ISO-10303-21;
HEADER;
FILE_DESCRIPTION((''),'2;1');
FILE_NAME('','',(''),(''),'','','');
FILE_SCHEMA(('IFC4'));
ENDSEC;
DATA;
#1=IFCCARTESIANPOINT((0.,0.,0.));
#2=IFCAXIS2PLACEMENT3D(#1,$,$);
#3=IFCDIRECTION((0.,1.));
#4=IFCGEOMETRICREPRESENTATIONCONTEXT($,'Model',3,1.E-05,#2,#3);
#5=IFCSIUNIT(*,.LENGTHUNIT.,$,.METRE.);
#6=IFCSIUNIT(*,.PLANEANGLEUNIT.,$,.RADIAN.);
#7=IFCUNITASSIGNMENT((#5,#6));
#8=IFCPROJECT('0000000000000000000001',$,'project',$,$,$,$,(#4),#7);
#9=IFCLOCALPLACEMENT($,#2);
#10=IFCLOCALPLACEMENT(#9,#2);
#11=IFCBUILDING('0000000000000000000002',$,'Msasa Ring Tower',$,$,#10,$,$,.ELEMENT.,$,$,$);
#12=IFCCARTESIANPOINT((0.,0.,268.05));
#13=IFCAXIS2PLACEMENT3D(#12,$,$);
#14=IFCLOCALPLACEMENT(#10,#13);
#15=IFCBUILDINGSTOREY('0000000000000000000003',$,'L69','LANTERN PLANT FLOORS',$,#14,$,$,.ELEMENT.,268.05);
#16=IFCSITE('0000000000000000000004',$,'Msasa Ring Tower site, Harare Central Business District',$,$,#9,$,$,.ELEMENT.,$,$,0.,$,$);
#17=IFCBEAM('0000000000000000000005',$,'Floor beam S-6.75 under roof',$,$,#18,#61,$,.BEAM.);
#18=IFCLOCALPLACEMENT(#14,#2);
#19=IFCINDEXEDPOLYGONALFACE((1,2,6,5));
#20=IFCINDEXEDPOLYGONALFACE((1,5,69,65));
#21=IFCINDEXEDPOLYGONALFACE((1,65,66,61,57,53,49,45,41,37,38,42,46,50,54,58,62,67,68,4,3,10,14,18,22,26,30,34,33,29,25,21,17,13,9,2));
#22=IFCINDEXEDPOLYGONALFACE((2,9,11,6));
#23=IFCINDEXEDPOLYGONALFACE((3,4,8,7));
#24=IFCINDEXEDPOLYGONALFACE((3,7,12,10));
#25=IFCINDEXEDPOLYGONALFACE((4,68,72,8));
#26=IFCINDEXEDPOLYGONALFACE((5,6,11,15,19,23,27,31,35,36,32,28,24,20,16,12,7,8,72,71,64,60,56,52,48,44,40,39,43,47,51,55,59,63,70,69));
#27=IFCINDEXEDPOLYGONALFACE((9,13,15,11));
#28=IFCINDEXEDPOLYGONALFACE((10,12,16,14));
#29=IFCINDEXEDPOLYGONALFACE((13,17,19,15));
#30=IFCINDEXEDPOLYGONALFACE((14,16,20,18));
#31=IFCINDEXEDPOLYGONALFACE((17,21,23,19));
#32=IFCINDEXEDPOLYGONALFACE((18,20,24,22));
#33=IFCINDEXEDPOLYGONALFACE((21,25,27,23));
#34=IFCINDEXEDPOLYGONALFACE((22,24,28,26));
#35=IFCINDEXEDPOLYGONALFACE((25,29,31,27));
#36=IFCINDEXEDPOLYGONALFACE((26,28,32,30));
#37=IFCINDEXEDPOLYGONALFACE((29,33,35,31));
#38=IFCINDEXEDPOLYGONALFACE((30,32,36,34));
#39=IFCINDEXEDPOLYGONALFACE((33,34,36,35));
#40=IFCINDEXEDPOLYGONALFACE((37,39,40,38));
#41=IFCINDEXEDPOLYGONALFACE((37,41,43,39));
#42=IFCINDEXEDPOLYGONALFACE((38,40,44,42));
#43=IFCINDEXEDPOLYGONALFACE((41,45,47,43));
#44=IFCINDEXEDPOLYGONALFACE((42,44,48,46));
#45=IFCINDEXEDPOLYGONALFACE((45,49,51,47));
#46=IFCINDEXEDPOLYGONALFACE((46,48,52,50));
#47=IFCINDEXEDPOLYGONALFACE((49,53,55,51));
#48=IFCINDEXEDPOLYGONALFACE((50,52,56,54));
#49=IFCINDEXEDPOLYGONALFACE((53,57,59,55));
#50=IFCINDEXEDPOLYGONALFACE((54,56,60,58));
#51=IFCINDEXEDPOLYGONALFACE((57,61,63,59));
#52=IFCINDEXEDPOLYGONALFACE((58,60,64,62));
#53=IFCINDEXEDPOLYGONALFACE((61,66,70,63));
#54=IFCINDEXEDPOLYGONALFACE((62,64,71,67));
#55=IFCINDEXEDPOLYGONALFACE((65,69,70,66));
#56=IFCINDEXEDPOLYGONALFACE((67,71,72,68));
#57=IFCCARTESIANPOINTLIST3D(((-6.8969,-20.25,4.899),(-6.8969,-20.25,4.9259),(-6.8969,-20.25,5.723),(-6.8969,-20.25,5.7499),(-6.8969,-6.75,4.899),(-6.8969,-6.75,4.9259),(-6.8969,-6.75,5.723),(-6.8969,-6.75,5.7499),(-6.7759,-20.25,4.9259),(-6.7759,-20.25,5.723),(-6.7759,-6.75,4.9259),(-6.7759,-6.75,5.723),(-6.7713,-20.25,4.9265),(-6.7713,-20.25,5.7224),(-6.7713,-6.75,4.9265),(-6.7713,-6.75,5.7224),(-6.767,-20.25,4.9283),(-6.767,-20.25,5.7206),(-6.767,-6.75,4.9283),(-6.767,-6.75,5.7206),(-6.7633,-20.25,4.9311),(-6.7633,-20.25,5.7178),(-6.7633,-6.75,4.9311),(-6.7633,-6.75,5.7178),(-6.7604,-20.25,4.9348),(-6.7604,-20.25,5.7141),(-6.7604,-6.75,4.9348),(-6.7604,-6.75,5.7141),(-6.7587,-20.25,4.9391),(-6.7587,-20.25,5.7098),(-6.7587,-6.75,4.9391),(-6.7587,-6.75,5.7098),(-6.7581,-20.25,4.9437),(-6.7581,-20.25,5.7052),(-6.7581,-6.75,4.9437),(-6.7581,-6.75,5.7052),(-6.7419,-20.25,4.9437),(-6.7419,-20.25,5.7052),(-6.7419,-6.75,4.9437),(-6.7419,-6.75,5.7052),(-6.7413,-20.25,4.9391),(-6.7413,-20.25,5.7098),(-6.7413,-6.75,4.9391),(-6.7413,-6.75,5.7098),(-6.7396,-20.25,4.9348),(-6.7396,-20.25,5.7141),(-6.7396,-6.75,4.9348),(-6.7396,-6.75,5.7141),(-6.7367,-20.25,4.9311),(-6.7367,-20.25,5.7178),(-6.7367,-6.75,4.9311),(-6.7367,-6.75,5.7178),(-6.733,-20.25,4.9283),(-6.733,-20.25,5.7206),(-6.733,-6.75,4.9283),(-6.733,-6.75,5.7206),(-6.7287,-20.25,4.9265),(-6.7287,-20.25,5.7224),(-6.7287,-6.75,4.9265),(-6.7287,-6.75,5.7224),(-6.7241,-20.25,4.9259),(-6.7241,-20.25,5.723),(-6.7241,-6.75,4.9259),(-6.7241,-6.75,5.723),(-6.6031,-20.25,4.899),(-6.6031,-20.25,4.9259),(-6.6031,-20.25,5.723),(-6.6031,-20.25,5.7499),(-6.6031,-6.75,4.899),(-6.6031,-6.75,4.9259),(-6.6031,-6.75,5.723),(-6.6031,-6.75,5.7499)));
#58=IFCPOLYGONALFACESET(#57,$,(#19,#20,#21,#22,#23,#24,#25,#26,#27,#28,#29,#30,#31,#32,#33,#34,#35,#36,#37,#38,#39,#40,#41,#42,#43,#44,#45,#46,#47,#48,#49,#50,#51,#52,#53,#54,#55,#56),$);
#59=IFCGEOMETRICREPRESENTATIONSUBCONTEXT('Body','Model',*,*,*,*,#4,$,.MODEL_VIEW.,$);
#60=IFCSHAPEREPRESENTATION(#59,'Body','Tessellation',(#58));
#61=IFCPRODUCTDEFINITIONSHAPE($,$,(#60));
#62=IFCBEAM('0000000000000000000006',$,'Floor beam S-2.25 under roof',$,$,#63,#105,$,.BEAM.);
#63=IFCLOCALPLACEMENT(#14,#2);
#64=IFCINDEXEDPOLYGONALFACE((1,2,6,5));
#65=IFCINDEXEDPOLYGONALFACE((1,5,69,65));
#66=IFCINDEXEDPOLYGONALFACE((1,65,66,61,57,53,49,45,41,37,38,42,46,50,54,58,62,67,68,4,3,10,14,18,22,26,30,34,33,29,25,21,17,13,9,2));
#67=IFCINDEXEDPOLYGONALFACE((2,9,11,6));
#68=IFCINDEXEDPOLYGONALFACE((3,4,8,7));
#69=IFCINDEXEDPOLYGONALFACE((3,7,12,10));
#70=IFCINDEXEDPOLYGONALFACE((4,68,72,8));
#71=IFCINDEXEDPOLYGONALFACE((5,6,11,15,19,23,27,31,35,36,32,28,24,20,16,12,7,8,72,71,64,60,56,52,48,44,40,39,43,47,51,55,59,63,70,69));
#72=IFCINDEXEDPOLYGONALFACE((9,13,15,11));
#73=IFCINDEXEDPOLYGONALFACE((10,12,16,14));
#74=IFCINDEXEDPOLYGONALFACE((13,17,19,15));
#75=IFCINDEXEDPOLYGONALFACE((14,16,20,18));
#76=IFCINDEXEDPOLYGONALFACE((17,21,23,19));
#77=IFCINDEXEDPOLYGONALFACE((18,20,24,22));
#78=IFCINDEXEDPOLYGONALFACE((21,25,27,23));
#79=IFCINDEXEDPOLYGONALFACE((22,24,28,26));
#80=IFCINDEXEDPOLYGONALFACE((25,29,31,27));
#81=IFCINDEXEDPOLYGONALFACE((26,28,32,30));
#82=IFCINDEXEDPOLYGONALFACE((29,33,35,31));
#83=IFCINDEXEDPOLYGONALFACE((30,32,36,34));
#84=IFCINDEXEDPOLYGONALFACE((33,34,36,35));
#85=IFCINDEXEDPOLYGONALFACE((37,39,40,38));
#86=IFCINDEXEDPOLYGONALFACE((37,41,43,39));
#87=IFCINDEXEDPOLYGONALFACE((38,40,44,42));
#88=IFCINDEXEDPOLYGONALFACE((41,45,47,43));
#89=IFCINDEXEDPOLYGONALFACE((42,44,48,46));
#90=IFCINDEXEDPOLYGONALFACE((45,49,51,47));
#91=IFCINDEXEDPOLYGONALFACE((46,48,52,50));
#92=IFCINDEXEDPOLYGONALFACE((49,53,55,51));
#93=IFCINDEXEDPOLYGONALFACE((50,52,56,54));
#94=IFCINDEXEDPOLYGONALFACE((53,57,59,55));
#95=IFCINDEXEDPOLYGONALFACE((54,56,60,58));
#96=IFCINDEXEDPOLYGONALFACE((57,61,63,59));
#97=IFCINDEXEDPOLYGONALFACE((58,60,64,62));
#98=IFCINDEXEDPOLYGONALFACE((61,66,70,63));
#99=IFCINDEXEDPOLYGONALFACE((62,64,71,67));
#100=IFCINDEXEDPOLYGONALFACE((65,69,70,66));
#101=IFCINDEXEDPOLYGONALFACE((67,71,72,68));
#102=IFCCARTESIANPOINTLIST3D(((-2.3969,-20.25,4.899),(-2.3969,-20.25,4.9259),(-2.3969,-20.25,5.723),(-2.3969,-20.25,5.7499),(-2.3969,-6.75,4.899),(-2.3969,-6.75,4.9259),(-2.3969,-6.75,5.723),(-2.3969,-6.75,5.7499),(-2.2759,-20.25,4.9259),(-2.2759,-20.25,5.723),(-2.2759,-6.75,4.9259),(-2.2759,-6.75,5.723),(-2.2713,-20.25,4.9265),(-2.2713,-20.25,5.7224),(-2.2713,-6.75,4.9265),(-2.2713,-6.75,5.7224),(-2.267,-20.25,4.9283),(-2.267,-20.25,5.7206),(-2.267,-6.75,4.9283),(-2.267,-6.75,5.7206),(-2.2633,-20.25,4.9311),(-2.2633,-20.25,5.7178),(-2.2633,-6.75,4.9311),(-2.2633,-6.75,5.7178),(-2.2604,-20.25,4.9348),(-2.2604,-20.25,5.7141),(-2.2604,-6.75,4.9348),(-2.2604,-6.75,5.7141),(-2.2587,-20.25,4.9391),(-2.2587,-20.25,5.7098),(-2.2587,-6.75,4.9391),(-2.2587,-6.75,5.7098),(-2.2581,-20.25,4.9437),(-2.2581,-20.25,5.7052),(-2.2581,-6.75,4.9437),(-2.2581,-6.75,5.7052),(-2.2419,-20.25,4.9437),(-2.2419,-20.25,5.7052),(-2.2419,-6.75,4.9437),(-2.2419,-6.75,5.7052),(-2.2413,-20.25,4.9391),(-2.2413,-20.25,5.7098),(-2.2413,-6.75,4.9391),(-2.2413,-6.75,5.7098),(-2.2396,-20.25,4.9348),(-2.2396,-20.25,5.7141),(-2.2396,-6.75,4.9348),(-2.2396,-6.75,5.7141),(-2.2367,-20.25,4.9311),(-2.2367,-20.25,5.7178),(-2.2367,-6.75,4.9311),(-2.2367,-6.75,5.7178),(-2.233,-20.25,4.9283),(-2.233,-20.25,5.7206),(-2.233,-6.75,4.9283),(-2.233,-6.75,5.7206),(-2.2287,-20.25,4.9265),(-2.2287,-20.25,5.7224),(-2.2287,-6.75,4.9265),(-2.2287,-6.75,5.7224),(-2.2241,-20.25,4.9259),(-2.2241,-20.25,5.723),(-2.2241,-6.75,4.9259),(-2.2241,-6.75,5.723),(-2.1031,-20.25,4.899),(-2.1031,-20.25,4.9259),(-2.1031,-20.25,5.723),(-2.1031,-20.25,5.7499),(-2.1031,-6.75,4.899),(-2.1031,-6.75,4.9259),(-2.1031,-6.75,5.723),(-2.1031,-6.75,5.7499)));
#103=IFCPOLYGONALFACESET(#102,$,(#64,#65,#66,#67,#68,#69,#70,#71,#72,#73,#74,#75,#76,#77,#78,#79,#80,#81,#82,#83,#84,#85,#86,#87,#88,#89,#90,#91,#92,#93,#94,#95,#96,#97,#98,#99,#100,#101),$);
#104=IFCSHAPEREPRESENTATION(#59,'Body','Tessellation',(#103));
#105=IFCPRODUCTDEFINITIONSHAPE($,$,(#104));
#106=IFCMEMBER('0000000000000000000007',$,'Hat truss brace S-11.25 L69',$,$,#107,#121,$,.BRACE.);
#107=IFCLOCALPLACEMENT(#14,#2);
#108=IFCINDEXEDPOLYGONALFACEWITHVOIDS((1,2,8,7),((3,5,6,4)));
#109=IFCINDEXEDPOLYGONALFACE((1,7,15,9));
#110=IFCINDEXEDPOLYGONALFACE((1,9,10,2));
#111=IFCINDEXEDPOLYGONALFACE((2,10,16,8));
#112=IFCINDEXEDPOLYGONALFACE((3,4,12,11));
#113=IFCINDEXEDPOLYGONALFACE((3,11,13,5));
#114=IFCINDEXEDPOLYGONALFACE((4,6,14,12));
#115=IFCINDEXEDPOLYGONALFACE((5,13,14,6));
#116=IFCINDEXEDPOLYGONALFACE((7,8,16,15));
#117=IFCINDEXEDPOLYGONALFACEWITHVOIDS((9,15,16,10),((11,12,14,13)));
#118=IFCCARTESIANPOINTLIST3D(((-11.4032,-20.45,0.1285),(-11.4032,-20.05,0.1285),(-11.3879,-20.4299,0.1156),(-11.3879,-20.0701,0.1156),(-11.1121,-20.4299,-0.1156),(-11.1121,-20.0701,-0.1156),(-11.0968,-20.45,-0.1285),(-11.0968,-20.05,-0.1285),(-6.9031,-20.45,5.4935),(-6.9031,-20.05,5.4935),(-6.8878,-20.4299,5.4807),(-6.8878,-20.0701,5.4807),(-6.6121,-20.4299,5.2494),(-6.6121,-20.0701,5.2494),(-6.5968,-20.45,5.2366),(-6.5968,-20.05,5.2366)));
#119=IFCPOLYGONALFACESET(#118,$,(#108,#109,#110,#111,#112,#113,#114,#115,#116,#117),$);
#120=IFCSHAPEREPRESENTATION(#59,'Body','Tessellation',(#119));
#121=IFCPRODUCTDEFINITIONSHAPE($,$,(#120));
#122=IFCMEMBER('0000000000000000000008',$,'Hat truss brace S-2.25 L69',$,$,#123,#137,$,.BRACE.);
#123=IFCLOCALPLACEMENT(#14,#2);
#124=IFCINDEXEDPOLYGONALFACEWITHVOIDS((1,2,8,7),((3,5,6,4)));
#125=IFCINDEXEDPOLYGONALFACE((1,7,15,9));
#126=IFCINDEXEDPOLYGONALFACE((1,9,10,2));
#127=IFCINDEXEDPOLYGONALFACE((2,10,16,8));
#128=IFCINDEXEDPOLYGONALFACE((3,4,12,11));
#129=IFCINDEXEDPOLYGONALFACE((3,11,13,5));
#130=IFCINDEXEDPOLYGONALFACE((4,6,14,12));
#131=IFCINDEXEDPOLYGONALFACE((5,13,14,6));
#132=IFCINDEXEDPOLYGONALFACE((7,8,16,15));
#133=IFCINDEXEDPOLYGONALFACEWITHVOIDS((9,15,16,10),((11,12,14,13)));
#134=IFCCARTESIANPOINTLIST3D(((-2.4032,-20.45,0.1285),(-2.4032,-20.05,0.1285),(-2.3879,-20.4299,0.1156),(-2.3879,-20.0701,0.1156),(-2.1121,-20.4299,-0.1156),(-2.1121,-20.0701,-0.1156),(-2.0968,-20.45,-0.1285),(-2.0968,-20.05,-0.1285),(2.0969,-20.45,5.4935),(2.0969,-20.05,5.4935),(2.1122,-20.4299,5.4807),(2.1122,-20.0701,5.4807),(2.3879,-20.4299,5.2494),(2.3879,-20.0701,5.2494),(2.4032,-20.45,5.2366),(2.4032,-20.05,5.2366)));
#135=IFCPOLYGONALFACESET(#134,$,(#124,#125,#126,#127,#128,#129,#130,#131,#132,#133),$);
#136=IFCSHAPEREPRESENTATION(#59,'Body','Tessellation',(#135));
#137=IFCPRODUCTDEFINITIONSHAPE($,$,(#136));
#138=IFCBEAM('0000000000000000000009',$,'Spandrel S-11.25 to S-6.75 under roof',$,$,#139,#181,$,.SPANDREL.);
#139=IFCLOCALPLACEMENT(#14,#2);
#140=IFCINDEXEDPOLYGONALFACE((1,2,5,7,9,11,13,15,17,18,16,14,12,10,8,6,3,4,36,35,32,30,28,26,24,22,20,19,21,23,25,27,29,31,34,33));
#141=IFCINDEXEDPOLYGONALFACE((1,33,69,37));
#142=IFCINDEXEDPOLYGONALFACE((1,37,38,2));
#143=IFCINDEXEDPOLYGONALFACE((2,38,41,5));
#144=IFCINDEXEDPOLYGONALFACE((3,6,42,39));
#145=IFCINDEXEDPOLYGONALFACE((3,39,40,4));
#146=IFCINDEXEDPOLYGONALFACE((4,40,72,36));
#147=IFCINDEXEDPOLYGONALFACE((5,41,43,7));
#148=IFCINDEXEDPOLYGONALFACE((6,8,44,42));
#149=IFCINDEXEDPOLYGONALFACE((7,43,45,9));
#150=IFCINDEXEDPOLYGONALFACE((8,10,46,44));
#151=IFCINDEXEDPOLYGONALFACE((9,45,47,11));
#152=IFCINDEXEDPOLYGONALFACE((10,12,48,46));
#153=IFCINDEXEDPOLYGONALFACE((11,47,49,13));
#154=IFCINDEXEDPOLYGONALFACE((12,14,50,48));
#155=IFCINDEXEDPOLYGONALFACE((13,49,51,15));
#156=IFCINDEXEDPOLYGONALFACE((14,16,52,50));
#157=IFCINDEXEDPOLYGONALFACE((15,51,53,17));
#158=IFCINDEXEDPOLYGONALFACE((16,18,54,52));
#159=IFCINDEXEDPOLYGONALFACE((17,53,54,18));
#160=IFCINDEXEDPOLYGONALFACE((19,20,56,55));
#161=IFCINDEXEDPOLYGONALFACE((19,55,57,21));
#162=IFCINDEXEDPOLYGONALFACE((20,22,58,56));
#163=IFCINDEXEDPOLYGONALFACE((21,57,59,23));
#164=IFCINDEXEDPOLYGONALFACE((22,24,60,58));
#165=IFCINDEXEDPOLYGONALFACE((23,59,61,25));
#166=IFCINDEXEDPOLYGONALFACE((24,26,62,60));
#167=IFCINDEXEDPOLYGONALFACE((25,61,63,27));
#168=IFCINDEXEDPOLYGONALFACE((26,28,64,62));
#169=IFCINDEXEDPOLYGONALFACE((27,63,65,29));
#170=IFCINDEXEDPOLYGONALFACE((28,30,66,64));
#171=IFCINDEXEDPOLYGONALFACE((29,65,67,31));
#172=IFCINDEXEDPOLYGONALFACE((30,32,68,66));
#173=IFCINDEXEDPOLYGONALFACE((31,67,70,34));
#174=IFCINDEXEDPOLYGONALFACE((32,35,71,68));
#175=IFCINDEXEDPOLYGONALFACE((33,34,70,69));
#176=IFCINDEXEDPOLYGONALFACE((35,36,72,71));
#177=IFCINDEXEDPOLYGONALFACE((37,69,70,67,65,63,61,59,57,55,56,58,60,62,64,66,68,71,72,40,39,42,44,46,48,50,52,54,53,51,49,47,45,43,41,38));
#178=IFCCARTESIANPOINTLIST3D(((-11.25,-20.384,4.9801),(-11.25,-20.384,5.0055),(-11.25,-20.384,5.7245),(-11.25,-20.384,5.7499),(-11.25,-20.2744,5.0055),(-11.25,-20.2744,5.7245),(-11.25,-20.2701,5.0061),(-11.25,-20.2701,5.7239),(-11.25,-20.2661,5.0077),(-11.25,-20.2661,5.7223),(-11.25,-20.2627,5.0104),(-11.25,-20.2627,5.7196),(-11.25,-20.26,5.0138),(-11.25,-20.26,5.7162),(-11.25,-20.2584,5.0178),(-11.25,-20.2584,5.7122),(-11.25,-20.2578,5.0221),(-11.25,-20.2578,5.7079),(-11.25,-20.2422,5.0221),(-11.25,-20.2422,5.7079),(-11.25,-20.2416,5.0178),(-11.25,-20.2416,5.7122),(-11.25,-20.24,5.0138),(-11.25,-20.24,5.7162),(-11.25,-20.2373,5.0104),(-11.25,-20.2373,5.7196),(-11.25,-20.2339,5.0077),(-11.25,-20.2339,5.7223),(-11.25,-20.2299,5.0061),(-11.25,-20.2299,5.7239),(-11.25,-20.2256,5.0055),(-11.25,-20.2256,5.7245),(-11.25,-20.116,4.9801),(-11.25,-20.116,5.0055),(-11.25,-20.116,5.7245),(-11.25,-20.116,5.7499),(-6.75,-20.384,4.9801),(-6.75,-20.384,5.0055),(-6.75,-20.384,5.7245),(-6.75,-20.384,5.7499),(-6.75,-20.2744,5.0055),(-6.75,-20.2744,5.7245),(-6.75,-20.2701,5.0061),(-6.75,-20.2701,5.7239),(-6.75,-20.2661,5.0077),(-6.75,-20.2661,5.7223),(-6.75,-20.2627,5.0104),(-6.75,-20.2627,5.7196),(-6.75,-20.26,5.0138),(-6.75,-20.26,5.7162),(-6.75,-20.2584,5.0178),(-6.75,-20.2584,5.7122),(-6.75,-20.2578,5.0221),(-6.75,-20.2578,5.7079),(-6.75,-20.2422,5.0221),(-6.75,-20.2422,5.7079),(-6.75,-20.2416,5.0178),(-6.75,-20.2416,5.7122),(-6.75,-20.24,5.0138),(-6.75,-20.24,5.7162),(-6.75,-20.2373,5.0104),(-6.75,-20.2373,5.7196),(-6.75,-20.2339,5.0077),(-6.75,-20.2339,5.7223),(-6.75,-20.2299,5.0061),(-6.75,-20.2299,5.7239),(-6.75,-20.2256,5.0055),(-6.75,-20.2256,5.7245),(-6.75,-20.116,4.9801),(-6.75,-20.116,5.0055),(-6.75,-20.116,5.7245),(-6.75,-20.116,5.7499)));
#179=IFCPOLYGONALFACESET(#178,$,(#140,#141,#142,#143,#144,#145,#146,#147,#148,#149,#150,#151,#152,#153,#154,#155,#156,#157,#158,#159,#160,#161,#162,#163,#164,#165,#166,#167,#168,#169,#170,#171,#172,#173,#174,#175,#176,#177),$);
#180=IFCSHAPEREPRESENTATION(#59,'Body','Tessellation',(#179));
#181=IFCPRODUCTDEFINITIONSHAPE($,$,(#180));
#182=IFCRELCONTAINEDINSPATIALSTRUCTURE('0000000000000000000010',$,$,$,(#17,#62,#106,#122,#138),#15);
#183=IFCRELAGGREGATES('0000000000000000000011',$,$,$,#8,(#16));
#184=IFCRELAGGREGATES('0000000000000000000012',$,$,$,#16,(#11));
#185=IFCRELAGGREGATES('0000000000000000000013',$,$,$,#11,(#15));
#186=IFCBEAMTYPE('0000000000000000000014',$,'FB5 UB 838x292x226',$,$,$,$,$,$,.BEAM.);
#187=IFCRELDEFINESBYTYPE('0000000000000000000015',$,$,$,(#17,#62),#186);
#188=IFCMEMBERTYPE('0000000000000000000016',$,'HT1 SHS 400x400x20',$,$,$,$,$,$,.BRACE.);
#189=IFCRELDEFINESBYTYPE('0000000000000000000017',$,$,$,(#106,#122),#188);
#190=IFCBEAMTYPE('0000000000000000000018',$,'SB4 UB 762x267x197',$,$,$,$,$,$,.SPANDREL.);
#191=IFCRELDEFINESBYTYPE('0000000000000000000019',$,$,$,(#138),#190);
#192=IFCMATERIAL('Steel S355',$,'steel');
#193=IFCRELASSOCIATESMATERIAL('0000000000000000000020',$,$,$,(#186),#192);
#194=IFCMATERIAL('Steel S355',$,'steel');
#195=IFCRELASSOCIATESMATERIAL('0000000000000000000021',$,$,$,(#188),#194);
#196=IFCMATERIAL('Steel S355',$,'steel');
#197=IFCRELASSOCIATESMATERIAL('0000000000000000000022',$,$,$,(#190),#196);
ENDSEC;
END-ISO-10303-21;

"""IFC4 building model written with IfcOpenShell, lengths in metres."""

from ifc_helpers import new_model, si_unit, direction, frame, origin, origin_2d, place, context, subcontext, project, spatial, hollow_rectangle, i_section, extrude, material, material_profile, profile_set, type_object, element, save


model = new_model("IFC4")

# Units and contexts
model_context = context("Model", 3, precision=1e-05, world=origin(), true_north=direction((0.0, 1.0)))
body_context = subcontext(model_context, "Body", "Model", "MODEL_VIEW")
ifc_project = project(units=[si_unit("LENGTHUNIT", "METRE"), si_unit("PLANEANGLEUNIT", "RADIAN")], contexts=[model_context])

# Site, building, storey
site_placement = place(None, origin())
site = spatial("IfcSite", under=ifc_project, at=site_placement, Name="Msasa Ring Tower site, Harare Central Business District", CompositionType="ELEMENT", RefElevation=0.0)
building_placement = place(site_placement, origin())
building = spatial("IfcBuilding", under=site, at=building_placement, Name="Msasa Ring Tower", CompositionType="ELEMENT")
storey_placement = place(building_placement, frame((0.0, 0.0, 268.05)))
storey = spatial("IfcBuildingStorey", under=building, at=storey_placement, Name="L69", Description="LANTERN PLANT FLOORS", CompositionType="ELEMENT", Elevation=268.05)

# Beams
ifc_material_1 = material(Name="Steel S355", Category="steel")
ifc_material_profile_1 = material_profile(ifc_material_1, i_section(OverallWidth=0.2937, OverallDepth=0.8508, WebThickness=0.0161, FlangeThickness=0.0269, FilletRadius=0.0178, at=origin_2d()), Name="UB 838x292x226")
ifc_profile_set_1 = profile_set([ifc_material_profile_1], Name="Steel S355")
beam_type_1 = type_object("IfcBeamType", Name="FB5 UB 838x292x226", PredefinedType="BEAM", material=ifc_profile_set_1)
for number, where, z_axis, x_axis, name in (
    (1, (-6.75, -20.25, 5.3245), (0.0, 1.0, 0.0), (-1.0, 0.0, 0.0), "Floor beam S-6.75 under roof"),
    (2, (-2.25, -20.25, 5.3245), (0.0, 1.0, 0.0), (-1.0, 0.0, 0.0), "Floor beam S-2.25 under roof"),
):
    element("IfcBeam", number, at=place(storey_placement, frame(where, z_axis=z_axis, x_axis=x_axis)), inside=storey, type_object=beam_type_1, Name=name, PredefinedType="BEAM", context=body_context, shape_type="SweptSolid", body=[
        extrude(i_section(OverallWidth=0.2937, OverallDepth=0.8508, WebThickness=0.0161, FlangeThickness=0.0269, FilletRadius=0.0178, at=origin_2d()), origin(), (0.0, 0.0, 1.0), 13.5),
    ])

# Members
ifc_material_2 = material(Name="Steel S355", Category="steel")
ifc_material_profile_2 = material_profile(ifc_material_2, hollow_rectangle(XDim=0.3999, YDim=0.3999, WallThickness=0.02, at=origin_2d()), Name="SHS 400x400x20")
ifc_profile_set_2 = profile_set([ifc_material_profile_2], Name="Steel S355")
member_type_1 = type_object("IfcMemberType", Name="HT1 SHS 400x400x20", PredefinedType="BRACE", material=ifc_profile_set_2)
for number, where, z_axis, x_axis, name in (
    (3, (-11.25, -20.25, 0.0), (0.64264, 0.0, 0.766168), (0.0, 1.0, 0.0), "Hat truss brace S-11.25 L69"),
    (4, (-2.25, -20.25, 0.0), (0.64264, 0.0, 0.766168), (0.0, 1.0, 0.0), "Hat truss brace S-2.25 L69"),
):
    element("IfcMember", number, at=place(storey_placement, frame(where, z_axis=z_axis, x_axis=x_axis)), inside=storey, type_object=member_type_1, Name=name, PredefinedType="BRACE", context=body_context, shape_type="SweptSolid", body=[
        extrude(hollow_rectangle(XDim=0.3999, YDim=0.3999, WallThickness=0.02, at=origin_2d()), origin(), (0.0, 0.0, 1.0), 7.0024),
    ])

# Beam
ifc_material_3 = material(Name="Steel S355", Category="steel")
ifc_material_profile_3 = material_profile(ifc_material_3, i_section(OverallWidth=0.2681, OverallDepth=0.7698, WebThickness=0.0156, FlangeThickness=0.0254, FilletRadius=0.0166, at=origin_2d()), Name="UB 762x267x197")
ifc_profile_set_3 = profile_set([ifc_material_profile_3], Name="Steel S355")
beam_type_2 = type_object("IfcBeamType", Name="SB4 UB 762x267x197", PredefinedType="SPANDREL", material=ifc_profile_set_3)
for number, where, z_axis, x_axis, name in (
    (5, (-11.25, -20.25, 5.365), (1.0, 0.0, 0.0), (0.0, 1.0, 0.0), "Spandrel S-11.25 to S-6.75 under roof"),
):
    element("IfcBeam", number, at=place(storey_placement, frame(where, z_axis=z_axis, x_axis=x_axis)), inside=storey, type_object=beam_type_2, Name=name, PredefinedType="SPANDREL", context=body_context, shape_type="SweptSolid", body=[
        extrude(i_section(OverallWidth=0.2681, OverallDepth=0.7698, WebThickness=0.0156, FlangeThickness=0.0254, FilletRadius=0.0166, at=origin_2d()), origin(), (0.0, 0.0, 1.0), 4.5),
    ])

save(model, "model.ifc")
